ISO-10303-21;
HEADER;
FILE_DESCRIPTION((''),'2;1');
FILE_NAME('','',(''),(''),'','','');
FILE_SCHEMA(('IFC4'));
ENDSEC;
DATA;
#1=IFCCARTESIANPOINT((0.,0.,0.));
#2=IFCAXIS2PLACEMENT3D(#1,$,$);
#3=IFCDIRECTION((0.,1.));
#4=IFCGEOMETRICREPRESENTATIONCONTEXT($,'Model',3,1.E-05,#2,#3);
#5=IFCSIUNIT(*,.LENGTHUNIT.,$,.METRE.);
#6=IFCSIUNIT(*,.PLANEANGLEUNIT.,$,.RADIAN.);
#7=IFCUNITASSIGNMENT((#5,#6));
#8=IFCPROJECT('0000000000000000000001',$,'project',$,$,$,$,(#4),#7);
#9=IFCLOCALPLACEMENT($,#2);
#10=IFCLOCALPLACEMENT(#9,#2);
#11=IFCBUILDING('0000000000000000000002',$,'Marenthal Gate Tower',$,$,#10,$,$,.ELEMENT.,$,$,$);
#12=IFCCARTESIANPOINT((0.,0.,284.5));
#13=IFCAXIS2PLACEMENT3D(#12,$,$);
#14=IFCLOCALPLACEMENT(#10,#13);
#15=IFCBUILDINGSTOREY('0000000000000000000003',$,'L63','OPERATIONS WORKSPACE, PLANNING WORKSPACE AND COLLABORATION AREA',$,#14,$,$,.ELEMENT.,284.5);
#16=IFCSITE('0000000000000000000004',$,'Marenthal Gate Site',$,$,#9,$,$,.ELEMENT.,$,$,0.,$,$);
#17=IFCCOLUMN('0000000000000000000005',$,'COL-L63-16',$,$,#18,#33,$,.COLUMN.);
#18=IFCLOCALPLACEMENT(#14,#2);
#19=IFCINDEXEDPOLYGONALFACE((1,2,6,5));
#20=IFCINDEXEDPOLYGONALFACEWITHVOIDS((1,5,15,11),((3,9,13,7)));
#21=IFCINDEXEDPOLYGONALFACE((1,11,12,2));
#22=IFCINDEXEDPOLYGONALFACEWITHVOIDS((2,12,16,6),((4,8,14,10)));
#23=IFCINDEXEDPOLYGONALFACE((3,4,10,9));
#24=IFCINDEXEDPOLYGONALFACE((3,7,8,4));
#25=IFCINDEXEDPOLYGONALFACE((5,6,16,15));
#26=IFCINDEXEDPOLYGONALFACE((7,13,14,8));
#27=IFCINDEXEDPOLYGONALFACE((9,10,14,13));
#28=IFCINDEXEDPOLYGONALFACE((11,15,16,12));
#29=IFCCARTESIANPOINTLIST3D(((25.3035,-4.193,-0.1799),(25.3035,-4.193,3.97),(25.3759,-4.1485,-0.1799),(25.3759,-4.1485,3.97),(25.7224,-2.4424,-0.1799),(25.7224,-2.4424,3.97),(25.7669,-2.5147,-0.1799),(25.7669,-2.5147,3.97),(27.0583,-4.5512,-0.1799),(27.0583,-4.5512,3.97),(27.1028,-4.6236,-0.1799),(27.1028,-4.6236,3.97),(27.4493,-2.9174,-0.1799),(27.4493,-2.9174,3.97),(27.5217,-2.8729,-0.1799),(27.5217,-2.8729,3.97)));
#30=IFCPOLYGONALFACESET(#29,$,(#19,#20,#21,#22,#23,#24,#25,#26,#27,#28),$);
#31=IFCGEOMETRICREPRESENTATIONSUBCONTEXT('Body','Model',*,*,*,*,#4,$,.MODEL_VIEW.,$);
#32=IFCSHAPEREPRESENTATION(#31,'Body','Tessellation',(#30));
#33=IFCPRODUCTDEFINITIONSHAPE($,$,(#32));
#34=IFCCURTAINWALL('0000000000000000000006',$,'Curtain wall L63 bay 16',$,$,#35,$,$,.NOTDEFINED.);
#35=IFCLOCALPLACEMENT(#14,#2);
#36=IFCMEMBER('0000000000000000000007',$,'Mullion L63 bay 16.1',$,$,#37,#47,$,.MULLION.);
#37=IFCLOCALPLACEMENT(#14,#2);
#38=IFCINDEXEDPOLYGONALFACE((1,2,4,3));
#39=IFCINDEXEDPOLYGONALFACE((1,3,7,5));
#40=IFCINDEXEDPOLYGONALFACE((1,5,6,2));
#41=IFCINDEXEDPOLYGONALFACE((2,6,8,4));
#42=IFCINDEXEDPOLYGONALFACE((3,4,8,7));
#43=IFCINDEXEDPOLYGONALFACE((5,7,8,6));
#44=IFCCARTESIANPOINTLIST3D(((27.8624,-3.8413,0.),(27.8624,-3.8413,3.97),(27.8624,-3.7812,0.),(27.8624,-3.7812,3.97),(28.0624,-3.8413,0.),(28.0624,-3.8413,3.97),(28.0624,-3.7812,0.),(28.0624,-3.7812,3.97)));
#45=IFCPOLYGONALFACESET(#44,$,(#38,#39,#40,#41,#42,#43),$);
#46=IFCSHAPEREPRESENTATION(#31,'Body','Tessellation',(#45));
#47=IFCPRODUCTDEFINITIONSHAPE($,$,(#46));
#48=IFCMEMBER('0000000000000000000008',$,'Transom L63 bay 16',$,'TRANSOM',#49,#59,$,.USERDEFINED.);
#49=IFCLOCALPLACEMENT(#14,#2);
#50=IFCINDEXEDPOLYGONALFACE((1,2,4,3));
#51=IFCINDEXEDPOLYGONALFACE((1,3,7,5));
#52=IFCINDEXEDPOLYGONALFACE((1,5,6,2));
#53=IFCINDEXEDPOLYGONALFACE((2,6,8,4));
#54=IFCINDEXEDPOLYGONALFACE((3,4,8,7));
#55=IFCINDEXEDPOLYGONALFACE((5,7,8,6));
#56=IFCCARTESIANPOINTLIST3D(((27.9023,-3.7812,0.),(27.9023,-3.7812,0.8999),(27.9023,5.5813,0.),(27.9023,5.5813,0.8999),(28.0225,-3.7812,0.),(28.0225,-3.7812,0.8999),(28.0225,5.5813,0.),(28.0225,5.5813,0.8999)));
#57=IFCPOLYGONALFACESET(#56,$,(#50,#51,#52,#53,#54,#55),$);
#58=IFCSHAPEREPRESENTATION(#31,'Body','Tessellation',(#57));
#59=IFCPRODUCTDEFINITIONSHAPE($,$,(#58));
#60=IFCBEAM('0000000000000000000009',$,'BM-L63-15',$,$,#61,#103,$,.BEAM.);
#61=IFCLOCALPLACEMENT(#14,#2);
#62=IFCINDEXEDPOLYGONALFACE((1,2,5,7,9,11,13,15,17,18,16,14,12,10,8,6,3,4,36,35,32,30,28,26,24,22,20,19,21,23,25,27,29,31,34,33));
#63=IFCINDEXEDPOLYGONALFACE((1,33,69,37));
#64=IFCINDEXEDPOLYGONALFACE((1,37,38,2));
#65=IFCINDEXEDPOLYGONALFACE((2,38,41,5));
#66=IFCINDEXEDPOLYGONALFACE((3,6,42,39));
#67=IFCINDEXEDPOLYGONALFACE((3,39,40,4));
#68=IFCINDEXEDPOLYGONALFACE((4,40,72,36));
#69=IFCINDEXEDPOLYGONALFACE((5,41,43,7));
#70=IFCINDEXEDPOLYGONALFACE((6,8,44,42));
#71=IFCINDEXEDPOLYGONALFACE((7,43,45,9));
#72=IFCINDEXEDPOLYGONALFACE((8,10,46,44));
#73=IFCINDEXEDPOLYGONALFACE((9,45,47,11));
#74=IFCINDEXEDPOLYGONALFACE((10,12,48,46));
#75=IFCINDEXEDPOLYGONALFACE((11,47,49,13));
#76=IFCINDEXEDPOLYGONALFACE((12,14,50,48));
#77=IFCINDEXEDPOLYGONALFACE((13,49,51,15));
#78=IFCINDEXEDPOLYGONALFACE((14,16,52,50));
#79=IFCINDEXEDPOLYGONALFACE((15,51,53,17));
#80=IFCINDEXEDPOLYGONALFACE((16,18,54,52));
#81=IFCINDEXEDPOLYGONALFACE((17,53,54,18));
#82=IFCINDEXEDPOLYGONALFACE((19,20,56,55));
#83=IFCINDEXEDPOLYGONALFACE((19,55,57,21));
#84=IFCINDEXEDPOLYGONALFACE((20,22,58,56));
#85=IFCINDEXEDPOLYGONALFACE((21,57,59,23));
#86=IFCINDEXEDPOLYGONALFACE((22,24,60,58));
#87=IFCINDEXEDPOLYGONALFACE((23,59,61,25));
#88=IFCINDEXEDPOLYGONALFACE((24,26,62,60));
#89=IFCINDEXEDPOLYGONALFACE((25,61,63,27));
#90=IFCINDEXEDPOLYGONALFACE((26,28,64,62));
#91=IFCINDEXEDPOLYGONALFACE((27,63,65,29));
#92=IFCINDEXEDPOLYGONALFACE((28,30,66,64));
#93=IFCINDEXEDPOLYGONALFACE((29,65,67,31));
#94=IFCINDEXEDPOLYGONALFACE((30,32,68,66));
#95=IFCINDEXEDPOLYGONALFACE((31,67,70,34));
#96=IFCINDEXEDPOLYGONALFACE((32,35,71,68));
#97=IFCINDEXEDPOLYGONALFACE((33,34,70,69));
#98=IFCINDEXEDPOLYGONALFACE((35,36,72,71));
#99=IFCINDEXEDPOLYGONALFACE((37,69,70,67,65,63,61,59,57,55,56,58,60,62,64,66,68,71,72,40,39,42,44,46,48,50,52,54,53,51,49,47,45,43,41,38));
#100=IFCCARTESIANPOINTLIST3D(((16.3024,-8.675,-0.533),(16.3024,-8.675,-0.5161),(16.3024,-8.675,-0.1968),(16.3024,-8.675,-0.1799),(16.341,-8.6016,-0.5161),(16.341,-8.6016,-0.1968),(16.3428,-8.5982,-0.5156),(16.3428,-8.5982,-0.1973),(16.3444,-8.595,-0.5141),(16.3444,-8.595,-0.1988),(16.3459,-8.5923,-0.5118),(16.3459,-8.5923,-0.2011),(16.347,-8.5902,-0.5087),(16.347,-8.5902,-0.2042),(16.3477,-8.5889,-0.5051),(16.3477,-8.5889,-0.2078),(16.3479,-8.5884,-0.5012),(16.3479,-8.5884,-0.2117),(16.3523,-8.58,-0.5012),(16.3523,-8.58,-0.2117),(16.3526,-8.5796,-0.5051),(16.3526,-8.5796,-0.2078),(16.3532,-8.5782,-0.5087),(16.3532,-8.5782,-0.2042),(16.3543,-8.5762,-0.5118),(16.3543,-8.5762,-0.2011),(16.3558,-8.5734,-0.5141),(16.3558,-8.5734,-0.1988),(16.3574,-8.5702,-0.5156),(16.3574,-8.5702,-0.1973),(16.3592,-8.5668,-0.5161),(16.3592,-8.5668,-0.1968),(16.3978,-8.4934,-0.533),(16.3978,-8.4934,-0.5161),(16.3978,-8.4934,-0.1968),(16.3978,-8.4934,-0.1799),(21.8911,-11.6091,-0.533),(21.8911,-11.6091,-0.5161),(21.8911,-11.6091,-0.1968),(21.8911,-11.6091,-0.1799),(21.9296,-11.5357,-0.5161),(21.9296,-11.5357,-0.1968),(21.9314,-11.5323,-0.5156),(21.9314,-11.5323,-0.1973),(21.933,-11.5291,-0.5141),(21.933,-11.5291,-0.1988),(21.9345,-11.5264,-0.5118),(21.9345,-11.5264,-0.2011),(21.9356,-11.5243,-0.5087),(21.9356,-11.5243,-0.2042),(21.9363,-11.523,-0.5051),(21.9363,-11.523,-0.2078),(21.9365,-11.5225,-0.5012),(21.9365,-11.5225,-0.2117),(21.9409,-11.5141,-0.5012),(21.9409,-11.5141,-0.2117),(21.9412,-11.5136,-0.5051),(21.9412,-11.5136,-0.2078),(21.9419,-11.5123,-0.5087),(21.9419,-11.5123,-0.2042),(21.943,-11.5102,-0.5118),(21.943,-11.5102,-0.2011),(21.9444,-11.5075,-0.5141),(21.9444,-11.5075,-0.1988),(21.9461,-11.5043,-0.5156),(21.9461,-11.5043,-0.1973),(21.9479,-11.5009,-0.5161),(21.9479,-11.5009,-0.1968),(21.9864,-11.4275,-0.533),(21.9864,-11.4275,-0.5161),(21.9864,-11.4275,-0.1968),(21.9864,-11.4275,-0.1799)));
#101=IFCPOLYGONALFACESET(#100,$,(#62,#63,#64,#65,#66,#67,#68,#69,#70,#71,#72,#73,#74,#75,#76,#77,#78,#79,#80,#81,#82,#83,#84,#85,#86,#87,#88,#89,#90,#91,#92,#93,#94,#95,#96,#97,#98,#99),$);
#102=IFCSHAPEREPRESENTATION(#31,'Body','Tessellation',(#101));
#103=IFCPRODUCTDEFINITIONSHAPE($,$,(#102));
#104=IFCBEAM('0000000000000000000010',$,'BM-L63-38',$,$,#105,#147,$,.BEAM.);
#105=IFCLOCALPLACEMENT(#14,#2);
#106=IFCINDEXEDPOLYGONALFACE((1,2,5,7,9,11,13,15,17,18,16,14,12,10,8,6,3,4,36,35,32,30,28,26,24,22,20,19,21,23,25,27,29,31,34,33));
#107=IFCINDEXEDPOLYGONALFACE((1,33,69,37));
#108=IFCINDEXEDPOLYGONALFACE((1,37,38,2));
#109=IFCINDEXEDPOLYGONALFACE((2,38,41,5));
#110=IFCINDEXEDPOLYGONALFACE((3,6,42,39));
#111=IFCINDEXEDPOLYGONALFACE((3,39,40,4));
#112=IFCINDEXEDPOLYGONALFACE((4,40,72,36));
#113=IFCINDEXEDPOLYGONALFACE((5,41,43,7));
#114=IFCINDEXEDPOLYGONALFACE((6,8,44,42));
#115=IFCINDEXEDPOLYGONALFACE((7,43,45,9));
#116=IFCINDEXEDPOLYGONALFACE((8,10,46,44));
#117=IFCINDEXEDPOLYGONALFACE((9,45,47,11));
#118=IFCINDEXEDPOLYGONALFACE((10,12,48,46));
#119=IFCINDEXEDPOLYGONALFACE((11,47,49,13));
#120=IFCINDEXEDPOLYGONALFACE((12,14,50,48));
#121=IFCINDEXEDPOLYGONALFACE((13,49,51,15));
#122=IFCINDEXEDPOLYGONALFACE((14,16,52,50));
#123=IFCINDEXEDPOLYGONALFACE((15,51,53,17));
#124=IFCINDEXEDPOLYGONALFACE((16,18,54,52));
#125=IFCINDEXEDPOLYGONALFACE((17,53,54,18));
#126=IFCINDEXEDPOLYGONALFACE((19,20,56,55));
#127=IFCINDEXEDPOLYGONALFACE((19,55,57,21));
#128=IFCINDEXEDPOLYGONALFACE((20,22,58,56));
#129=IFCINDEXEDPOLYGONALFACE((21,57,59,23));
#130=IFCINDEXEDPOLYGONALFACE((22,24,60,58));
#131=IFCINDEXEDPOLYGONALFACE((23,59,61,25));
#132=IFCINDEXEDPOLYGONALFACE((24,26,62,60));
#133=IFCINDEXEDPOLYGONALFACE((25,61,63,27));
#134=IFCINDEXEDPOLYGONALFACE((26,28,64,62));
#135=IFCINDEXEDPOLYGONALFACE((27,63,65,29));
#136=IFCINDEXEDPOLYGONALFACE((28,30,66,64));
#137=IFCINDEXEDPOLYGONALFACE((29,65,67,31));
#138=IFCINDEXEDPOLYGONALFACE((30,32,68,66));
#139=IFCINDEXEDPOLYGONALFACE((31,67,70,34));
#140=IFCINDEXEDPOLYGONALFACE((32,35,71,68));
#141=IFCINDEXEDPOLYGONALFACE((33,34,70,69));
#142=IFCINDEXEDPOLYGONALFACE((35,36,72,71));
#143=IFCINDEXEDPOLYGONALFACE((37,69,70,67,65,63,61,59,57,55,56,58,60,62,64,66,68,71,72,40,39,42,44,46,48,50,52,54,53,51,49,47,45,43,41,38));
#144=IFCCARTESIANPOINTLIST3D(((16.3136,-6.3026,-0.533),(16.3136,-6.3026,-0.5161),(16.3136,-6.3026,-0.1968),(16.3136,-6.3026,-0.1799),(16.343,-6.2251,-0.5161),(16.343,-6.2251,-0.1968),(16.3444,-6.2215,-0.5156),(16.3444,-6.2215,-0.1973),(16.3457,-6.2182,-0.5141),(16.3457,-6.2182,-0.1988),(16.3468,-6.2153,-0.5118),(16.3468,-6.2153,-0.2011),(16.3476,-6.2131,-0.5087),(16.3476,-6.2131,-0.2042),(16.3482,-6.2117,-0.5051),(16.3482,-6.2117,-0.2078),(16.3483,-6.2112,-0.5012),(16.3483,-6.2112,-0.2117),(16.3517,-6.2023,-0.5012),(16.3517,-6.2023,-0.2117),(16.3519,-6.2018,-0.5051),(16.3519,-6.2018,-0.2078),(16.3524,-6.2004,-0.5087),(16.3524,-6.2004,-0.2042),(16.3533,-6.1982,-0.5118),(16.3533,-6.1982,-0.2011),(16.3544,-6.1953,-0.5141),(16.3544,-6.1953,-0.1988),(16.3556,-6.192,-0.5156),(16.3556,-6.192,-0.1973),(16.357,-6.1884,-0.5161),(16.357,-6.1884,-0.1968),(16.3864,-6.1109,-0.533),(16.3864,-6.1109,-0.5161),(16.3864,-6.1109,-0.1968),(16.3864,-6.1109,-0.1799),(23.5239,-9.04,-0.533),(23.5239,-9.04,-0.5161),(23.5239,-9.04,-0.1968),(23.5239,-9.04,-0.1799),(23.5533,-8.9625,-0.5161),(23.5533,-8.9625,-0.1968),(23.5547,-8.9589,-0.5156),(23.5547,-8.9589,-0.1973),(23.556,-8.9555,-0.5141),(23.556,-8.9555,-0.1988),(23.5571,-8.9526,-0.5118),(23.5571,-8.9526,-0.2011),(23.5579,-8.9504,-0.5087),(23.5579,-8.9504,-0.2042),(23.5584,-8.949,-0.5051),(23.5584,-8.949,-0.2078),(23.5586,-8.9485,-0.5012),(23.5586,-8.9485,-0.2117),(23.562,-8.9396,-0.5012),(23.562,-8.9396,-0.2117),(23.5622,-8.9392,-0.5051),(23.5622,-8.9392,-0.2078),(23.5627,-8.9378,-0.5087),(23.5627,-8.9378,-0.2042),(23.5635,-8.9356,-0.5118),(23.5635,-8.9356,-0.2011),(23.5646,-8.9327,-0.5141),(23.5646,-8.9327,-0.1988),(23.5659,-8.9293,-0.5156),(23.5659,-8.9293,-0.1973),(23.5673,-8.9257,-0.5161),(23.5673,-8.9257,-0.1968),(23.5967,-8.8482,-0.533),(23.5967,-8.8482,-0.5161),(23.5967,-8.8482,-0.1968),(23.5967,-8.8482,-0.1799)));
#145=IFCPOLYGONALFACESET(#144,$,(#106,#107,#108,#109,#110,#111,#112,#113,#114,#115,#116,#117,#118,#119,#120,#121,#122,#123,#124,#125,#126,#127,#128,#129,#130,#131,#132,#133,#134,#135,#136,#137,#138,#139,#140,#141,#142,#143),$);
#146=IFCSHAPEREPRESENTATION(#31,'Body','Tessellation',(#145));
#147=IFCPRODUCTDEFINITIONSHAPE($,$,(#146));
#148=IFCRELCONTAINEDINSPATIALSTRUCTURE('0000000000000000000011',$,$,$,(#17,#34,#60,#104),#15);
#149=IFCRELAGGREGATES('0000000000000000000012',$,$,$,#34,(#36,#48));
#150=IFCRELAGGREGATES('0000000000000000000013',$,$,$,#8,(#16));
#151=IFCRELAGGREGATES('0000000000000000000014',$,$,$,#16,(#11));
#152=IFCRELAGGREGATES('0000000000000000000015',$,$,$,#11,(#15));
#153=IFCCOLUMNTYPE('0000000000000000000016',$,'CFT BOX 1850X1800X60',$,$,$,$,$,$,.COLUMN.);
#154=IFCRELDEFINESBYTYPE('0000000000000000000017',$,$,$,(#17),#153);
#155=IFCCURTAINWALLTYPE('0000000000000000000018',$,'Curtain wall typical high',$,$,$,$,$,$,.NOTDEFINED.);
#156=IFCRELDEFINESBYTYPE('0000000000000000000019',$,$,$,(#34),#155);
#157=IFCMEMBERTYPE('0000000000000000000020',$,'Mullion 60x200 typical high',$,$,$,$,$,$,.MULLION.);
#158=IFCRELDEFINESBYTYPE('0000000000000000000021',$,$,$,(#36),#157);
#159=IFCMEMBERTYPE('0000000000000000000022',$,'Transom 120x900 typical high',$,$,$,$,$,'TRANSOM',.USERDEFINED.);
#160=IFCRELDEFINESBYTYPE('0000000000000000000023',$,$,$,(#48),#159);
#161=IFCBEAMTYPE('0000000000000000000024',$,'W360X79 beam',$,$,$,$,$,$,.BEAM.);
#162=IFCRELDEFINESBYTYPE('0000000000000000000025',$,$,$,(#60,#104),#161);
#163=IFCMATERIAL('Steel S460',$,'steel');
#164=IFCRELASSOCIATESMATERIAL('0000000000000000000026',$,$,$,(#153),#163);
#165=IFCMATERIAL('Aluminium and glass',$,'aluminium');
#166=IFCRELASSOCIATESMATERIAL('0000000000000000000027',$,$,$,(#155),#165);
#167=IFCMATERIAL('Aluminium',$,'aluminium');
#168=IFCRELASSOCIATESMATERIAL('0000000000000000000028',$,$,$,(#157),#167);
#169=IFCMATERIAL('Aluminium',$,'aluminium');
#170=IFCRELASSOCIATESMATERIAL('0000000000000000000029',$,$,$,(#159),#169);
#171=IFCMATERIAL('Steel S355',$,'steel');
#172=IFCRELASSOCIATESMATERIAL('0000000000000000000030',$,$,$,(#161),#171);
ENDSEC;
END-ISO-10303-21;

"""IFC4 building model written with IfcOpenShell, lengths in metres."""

from ifc_helpers import new_model, si_unit, direction, frame, origin, origin_2d, place, context, subcontext, project, spatial, rectangle, hollow_rectangle, i_section, extrude, material, material_profile, profile_set, type_object, element, aggregate, save


model = new_model("IFC4")

# Units and contexts
model_context = context("Model", 3, precision=1e-05, world=origin(), true_north=direction((0.0, 1.0)))
body_context = subcontext(model_context, "Body", "Model", "MODEL_VIEW")
ifc_project = project(units=[si_unit("LENGTHUNIT", "METRE"), si_unit("PLANEANGLEUNIT", "RADIAN")], contexts=[model_context])

# Site, building, storey
site_placement = place(None, origin())
site = spatial("IfcSite", under=ifc_project, at=site_placement, Name="Marenthal Gate Site", CompositionType="ELEMENT", RefElevation=0.0)
building_placement = place(site_placement, origin())
building = spatial("IfcBuilding", under=site, at=building_placement, Name="Marenthal Gate Tower", CompositionType="ELEMENT")
storey_placement = place(building_placement, frame((0.0, 0.0, 284.5)))
storey = spatial("IfcBuildingStorey", under=building, at=storey_placement, Name="L63", Description="OPERATIONS WORKSPACE, PLANNING WORKSPACE AND COLLABORATION AREA", CompositionType="ELEMENT", Elevation=284.5)

# Column
ifc_material_1 = material(Name="Steel S460", Category="steel")
ifc_material_profile_1 = material_profile(ifc_material_1, hollow_rectangle(XDim=1.8, YDim=1.8501, WallThickness=0.0601, at=origin_2d()), Name="CFT BOX 1850X1800X60")
ifc_material_2 = material(Name="Concrete 70 MPa", Category="concrete")
ifc_material_profile_2 = material_profile(ifc_material_2, rectangle(XDim=1.6799, YDim=1.73, at=origin_2d()), Name="CFT BOX 1850X1800X60 INFILL")
ifc_profile_set_1 = profile_set([ifc_material_profile_1, ifc_material_profile_2], Name="Steel S460 shell, Concrete 70 MPa infill")
column_type = type_object("IfcColumnType", Name="CFT BOX 1850X1800X60", PredefinedType="COLUMN", material=ifc_profile_set_1)
column_placement = place(storey_placement, frame((26.4126, -3.533, -0.1799), z_axis=(0.0, 0.0, 1.0), x_axis=(-0.232739, -0.972539, 0.0)))
element("IfcColumn", 1, at=column_placement, inside=storey, type_object=column_type, Name="COL-L63-16", PredefinedType="COLUMN", context=body_context, shape_type="SweptSolid", body=[
    extrude(hollow_rectangle(XDim=1.8, YDim=1.8501, WallThickness=0.0601, at=origin_2d()), origin(), (0.0, 0.0, 1.0), 4.1499),
])

# Curtain wall, members
ifc_material_3 = material(Name="Aluminium and glass", Category="aluminium")
curtain_wall_type = type_object("IfcCurtainWallType", Name="Curtain wall typical high", PredefinedType="NOTDEFINED", material=ifc_material_3)
curtain_wall_placement = place(storey_placement, origin())
curtain_wall = element("IfcCurtainWall", 2, at=curtain_wall_placement, inside=storey, type_object=curtain_wall_type, Name="Curtain wall L63 bay 16", PredefinedType="NOTDEFINED")
ifc_material_4 = material(Name="Aluminium", Category="aluminium")
ifc_material_profile_3 = material_profile(ifc_material_4, rectangle(XDim=0.2, YDim=0.0601, at=origin_2d()), Name="60x200 aluminium mullion")
ifc_profile_set_2 = profile_set([ifc_material_profile_3], Name="Aluminium")
member_type_1 = type_object("IfcMemberType", Name="Mullion 60x200 typical high", PredefinedType="MULLION", material=ifc_profile_set_2)
member_1_placement = place(storey_placement, frame((27.9624, -3.8113, 0.0), z_axis=(0.0, 0.0, 1.0), x_axis=(-1.0, 0.0, 0.0)))
member_1 = element("IfcMember", 3, at=member_1_placement, type_object=member_type_1, Name="Mullion L63 bay 16.1", PredefinedType="MULLION", context=body_context, shape_type="SweptSolid", body=[
    extrude(rectangle(XDim=0.2, YDim=0.0601, at=origin_2d()), origin(), (0.0, 0.0, 1.0), 3.97),
])
ifc_material_5 = material(Name="Aluminium", Category="aluminium")
ifc_material_profile_4 = material_profile(ifc_material_5, rectangle(XDim=0.1201, YDim=0.8999, at=origin_2d()), Name="120x900 aluminium transom")
ifc_profile_set_3 = profile_set([ifc_material_profile_4], Name="Aluminium")
member_type_2 = type_object("IfcMemberType", Name="Transom 120x900 typical high", ElementType="TRANSOM", PredefinedType="USERDEFINED", material=ifc_profile_set_3)
member_2_placement = place(storey_placement, frame((27.9624, -3.7812, 0.45), z_axis=(0.0, 1.0, 0.0), x_axis=(-1.0, 0.0, 0.0)))
member_2 = element("IfcMember", 4, at=member_2_placement, type_object=member_type_2, Name="Transom L63 bay 16", ObjectType="TRANSOM", PredefinedType="USERDEFINED", context=body_context, shape_type="SweptSolid", body=[
    extrude(rectangle(XDim=0.1201, YDim=0.8999, at=origin_2d()), origin(), (0.0, 0.0, 1.0), 9.3625),
])

# Beams
ifc_material_6 = material(Name="Steel S355", Category="steel")
ifc_material_profile_5 = material_profile(ifc_material_6, i_section(OverallWidth=0.2051, OverallDepth=0.353, WebThickness=0.0095, FlangeThickness=0.0168, FilletRadius=0.0149, at=origin_2d()), Name="W360X79")
ifc_profile_set_4 = profile_set([ifc_material_profile_5], Name="Steel S355")
beam_type_1 = type_object("IfcBeamType", Name="W360X79 beam", PredefinedType="BEAM", material=ifc_profile_set_4)
beam_1_placement = place(storey_placement, frame((21.9387, -11.5183, -0.3564), z_axis=(-0.885394, 0.464841, 0.0), x_axis=(-0.464841, -0.885394, 0.0)))
element("IfcBeam", 5, at=beam_1_placement, inside=storey, type_object=beam_type_1, Name="BM-L63-15", PredefinedType="BEAM", context=body_context, shape_type="SweptSolid", body=[
    extrude(i_section(OverallWidth=0.2051, OverallDepth=0.353, WebThickness=0.0095, FlangeThickness=0.0168, FilletRadius=0.0149, at=origin_2d()), origin(), (0.0, 0.0, 1.0), 6.312),
])
beam_2_placement = place(storey_placement, frame((23.5603, -8.9441, -0.3564), z_axis=(-0.934894, 0.354926, 0.0), x_axis=(-0.354926, -0.934894, 0.0)))
element("IfcBeam", 6, at=beam_2_placement, inside=storey, type_object=beam_type_1, Name="BM-L63-38", PredefinedType="BEAM", context=body_context, shape_type="SweptSolid", body=[
    extrude(i_section(OverallWidth=0.2051, OverallDepth=0.353, WebThickness=0.0095, FlangeThickness=0.0168, FilletRadius=0.0149, at=origin_2d()), origin(), (0.0, 0.0, 1.0), 7.7124),
])

aggregate(curtain_wall, [member_1, member_2])

save(model, "model.ifc")
